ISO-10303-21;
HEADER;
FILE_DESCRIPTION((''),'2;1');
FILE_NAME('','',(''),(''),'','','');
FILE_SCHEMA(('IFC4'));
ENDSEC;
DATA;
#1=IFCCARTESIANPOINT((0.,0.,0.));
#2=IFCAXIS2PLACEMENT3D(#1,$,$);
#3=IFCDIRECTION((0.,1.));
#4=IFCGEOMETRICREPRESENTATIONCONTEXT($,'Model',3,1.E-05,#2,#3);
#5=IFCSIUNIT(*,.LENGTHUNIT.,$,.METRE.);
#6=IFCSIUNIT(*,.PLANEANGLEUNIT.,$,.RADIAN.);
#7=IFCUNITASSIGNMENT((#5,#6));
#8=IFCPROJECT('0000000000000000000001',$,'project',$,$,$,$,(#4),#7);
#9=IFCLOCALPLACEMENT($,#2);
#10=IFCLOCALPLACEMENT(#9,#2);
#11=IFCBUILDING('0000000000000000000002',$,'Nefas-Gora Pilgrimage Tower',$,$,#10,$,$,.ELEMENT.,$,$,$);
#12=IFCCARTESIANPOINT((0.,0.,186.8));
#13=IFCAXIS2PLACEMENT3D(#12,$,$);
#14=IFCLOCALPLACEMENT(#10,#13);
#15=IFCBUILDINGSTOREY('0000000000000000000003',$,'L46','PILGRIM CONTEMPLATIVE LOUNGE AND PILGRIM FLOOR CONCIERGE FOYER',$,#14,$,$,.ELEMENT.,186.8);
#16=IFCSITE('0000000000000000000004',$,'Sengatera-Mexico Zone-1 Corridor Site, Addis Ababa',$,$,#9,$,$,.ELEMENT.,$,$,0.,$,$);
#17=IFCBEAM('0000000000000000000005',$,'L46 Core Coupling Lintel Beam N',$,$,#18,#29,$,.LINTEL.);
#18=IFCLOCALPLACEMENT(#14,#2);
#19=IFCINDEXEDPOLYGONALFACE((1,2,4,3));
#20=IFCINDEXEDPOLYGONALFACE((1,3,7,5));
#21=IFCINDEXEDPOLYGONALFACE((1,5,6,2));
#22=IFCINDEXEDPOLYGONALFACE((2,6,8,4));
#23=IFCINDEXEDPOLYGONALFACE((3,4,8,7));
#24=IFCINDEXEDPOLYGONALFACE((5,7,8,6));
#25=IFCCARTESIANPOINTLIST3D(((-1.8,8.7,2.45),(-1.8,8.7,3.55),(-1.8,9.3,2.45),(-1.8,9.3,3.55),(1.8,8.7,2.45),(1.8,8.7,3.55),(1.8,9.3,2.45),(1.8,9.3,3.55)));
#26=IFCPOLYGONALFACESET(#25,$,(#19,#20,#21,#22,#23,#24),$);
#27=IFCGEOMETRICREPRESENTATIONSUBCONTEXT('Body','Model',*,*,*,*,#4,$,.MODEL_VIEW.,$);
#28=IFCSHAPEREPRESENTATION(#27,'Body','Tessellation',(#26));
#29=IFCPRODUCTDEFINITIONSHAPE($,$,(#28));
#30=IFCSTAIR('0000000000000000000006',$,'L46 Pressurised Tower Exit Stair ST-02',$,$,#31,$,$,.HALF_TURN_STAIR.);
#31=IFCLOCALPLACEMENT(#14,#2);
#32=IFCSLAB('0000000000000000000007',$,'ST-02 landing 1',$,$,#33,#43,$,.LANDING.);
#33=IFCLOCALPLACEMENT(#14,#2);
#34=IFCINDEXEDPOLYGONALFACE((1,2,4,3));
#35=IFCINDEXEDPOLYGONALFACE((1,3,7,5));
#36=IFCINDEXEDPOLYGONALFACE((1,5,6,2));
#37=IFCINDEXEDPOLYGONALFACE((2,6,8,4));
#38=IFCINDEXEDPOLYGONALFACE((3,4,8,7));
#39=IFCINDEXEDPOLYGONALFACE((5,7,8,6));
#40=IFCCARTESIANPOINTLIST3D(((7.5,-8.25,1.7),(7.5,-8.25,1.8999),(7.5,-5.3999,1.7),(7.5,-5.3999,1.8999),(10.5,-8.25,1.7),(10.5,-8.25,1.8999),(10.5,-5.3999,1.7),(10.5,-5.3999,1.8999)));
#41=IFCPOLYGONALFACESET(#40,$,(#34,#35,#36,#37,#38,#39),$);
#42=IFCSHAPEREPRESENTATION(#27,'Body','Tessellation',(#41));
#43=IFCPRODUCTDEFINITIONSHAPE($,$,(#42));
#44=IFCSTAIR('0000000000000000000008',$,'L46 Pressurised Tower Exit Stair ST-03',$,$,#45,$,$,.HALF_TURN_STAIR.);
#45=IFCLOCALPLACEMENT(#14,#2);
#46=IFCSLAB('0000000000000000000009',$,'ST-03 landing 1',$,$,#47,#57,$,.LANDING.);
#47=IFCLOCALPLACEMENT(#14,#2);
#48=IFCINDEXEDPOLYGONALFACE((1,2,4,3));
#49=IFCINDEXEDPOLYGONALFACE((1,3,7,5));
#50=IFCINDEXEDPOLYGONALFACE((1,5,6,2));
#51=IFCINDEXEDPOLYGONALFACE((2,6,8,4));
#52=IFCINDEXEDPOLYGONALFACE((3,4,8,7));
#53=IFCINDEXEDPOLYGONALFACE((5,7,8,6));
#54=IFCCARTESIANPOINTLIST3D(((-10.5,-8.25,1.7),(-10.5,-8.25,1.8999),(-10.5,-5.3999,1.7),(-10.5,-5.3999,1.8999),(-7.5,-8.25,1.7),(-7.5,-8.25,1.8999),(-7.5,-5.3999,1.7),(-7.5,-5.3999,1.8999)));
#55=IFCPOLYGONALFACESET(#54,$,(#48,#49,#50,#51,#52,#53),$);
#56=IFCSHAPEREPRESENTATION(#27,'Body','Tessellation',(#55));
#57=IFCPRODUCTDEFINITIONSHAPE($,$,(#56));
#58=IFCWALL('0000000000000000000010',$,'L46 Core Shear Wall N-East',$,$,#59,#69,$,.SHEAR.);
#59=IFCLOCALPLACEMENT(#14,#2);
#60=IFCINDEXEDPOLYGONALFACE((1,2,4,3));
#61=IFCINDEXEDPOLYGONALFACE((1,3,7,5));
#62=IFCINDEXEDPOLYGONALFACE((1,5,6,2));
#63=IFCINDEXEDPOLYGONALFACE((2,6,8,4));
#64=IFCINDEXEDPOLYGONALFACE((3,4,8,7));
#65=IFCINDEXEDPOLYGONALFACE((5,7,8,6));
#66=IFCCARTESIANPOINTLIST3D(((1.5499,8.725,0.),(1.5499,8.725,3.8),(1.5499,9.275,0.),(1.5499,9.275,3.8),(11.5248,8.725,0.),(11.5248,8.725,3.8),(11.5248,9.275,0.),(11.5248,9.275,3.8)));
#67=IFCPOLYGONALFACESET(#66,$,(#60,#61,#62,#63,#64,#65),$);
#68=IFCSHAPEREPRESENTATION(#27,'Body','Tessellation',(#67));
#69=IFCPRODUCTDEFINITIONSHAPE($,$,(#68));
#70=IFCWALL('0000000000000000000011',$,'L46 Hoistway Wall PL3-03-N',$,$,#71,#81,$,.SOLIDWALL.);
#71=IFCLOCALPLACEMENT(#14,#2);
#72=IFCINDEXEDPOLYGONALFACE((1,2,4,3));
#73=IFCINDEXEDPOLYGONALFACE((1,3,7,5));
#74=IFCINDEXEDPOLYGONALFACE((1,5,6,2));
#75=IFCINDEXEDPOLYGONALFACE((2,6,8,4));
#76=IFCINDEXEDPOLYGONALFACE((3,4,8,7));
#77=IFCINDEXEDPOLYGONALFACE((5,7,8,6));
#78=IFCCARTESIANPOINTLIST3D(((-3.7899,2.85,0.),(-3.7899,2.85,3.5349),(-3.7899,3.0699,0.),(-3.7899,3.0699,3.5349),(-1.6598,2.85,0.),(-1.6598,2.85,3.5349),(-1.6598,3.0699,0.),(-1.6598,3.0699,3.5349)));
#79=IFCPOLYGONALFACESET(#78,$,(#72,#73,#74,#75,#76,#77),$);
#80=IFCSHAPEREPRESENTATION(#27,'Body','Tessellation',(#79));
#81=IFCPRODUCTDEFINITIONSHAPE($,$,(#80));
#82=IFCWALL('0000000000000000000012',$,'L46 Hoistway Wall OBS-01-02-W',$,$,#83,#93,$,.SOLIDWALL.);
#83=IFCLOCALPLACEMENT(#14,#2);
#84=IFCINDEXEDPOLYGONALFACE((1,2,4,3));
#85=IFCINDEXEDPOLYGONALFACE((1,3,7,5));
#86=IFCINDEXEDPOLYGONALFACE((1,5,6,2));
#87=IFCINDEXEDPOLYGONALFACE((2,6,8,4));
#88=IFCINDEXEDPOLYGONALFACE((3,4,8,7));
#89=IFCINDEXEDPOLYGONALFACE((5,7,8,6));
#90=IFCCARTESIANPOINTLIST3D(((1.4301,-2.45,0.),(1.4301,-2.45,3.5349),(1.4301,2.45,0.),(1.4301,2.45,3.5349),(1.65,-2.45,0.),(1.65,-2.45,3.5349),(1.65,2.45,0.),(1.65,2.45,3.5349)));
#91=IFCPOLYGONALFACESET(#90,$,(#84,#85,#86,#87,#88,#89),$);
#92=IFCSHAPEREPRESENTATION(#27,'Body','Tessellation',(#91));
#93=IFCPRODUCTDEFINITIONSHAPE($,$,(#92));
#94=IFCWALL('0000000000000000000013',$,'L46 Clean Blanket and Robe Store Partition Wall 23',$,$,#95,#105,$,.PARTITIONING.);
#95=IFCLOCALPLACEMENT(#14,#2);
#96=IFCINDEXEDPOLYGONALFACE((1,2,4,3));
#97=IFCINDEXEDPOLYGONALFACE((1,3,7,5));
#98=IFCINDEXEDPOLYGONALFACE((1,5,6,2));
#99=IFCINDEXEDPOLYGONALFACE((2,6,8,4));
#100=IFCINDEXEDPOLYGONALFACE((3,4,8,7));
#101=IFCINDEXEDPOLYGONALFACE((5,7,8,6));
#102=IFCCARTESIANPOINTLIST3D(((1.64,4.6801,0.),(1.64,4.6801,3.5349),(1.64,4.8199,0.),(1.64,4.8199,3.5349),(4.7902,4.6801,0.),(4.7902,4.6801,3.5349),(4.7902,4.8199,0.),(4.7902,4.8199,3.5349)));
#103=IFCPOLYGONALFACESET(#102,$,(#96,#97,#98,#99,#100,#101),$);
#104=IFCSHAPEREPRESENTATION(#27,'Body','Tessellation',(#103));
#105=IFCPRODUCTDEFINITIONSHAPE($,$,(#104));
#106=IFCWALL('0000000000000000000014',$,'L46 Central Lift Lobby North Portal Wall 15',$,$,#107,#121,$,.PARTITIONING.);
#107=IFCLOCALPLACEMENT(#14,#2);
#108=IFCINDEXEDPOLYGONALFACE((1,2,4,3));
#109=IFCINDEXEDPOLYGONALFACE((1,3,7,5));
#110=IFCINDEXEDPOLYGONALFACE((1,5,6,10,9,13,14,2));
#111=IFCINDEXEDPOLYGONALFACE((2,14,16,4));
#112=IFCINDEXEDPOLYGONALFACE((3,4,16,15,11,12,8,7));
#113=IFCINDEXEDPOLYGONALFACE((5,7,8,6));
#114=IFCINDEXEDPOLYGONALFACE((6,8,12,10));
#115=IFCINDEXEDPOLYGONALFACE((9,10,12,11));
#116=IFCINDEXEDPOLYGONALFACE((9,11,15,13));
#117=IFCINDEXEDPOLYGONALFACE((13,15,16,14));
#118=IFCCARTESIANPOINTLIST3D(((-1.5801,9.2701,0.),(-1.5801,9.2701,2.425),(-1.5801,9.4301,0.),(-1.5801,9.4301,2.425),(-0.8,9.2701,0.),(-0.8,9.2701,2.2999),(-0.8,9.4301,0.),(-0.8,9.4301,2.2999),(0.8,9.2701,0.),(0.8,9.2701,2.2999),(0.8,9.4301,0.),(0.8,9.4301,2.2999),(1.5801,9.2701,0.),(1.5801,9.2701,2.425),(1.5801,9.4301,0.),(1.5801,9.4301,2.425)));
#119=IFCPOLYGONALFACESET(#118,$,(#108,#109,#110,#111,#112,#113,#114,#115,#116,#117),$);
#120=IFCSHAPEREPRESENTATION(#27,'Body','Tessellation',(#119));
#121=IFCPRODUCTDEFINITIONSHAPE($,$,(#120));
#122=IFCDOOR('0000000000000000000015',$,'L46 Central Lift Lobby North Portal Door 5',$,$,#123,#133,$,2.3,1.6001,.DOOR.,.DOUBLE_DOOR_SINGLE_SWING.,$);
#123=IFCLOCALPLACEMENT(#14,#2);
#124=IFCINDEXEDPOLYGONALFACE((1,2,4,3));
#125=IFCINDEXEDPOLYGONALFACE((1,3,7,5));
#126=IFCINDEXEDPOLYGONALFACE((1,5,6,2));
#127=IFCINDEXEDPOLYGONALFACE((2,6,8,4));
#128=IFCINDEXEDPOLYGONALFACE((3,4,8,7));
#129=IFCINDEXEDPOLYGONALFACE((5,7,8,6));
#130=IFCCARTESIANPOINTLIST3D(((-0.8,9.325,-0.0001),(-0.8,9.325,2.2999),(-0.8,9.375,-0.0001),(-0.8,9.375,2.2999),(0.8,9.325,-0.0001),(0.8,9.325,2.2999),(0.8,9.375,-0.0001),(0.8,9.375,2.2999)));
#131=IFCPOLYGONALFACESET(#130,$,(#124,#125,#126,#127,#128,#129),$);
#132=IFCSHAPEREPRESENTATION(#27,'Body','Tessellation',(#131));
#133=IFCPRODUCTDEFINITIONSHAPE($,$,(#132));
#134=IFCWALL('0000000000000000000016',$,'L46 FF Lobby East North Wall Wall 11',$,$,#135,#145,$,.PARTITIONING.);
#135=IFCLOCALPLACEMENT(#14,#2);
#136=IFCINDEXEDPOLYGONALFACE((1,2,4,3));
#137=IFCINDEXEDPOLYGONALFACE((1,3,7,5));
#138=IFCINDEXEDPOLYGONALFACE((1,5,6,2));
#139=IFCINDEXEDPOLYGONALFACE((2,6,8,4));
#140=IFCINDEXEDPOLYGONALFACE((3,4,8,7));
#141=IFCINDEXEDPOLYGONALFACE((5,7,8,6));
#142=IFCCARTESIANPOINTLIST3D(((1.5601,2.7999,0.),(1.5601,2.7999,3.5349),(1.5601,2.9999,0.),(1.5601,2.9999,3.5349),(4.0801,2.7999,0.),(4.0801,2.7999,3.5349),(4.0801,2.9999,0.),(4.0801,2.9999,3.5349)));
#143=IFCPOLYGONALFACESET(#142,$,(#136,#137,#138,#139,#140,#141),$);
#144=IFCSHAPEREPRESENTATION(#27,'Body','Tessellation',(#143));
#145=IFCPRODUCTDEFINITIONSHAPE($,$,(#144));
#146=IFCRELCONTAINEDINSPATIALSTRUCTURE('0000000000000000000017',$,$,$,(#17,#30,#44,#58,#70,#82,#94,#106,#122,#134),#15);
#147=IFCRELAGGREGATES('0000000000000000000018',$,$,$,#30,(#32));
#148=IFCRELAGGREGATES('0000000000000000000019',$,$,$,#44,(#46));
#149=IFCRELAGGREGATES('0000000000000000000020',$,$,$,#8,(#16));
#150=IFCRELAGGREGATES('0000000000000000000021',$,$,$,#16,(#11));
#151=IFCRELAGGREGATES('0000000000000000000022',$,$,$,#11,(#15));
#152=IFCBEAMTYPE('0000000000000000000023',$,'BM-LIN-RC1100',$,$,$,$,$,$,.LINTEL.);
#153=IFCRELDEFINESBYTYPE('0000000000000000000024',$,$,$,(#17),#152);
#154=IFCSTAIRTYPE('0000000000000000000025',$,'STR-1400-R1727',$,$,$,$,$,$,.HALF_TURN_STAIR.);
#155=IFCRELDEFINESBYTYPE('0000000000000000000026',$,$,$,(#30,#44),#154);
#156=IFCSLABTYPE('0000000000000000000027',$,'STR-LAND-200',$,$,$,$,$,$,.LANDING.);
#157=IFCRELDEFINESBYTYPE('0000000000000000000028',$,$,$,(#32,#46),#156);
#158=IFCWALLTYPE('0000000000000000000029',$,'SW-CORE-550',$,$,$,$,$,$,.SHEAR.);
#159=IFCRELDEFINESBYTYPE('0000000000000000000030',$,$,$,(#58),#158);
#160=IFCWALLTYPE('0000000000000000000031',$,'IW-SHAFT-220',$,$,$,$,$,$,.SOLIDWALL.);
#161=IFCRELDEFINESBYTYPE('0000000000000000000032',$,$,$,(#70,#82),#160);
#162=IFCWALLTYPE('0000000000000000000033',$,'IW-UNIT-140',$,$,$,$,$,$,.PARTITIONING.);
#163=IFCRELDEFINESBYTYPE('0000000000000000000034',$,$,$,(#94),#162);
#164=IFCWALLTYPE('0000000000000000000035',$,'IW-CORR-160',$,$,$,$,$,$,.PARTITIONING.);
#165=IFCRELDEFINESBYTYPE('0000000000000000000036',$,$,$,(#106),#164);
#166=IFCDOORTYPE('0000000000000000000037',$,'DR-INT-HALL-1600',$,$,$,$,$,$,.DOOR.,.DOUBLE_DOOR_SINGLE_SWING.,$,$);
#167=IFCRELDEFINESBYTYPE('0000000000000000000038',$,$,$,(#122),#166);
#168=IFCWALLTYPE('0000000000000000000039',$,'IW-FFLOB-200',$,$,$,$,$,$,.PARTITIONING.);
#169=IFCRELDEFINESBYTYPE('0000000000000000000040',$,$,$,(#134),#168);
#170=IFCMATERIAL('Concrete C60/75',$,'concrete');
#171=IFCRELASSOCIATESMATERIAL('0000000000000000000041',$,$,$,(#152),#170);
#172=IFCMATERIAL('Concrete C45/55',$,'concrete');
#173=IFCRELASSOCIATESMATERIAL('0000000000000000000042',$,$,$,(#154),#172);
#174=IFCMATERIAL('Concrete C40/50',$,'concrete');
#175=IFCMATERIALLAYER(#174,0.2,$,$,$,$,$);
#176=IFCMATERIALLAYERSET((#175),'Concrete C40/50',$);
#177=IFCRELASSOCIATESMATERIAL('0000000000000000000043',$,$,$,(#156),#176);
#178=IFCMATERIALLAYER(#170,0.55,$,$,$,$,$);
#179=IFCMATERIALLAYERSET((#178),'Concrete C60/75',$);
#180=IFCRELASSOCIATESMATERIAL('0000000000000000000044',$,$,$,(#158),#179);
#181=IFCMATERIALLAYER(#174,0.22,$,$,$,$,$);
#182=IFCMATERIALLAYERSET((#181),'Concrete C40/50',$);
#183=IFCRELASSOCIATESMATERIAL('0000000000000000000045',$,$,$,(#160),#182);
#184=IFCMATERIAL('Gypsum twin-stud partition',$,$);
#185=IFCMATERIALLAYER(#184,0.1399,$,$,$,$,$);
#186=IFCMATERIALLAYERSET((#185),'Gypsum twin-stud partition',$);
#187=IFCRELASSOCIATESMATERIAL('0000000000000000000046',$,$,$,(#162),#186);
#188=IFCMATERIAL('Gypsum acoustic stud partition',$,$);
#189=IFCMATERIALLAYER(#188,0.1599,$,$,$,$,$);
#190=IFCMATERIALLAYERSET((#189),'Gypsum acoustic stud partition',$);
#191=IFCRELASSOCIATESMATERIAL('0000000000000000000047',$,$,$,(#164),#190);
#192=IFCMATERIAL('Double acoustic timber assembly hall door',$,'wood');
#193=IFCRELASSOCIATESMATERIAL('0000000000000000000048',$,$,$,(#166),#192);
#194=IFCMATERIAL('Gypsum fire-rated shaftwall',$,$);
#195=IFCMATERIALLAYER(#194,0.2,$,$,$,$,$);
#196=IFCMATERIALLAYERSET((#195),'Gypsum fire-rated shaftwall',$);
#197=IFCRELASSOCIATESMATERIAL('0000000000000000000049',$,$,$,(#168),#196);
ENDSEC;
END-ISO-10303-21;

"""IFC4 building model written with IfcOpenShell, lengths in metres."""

from ifc_helpers import new_model, si_unit, direction, frame, frame_2d, origin, origin_2d, place, context, subcontext, project, spatial, polyline, rectangle, outline, extrude, source, transform, mapped, material, layer, layer_set, material_profile, profile_set, type_object, element, fill, aggregate, save


model = new_model("IFC4")

# Units and contexts
model_context = context("Model", 3, precision=1e-05, world=origin(), true_north=direction((0.0, 1.0)))
body_context = subcontext(model_context, "Body", "Model", "MODEL_VIEW")
ifc_project = project(units=[si_unit("LENGTHUNIT", "METRE"), si_unit("PLANEANGLEUNIT", "RADIAN")], contexts=[model_context])

# Site, building, storey
site_placement = place(None, origin())
site = spatial("IfcSite", under=ifc_project, at=site_placement, Name="Sengatera-Mexico Zone-1 Corridor Site, Addis Ababa", CompositionType="ELEMENT", RefElevation=0.0)
building_placement = place(site_placement, origin())
building = spatial("IfcBuilding", under=site, at=building_placement, Name="Nefas-Gora Pilgrimage Tower", CompositionType="ELEMENT")
storey_placement = place(building_placement, frame((0.0, 0.0, 186.8)))
storey = spatial("IfcBuildingStorey", under=building, at=storey_placement, Name="L46", Description="PILGRIM CONTEMPLATIVE LOUNGE AND PILGRIM FLOOR CONCIERGE FOYER", CompositionType="ELEMENT", Elevation=186.8)

# Beam
ifc_material_1 = material(Name="Concrete C60/75", Category="concrete")
ifc_material_profile = material_profile(ifc_material_1, rectangle(XDim=0.6001, YDim=1.1001, at=origin_2d()), Name="RC 600x1100")
ifc_profile_set = profile_set([ifc_material_profile], Name="Concrete C60/75")
beam_type = type_object("IfcBeamType", Name="BM-LIN-RC1100", PredefinedType="LINTEL", material=ifc_profile_set)
shared_shape_1 = source(origin(), body_context, "Body", "SweptSolid", [
    extrude(rectangle(XDim=0.6001, YDim=1.1001, at=origin_2d()), origin(), (0.0, 0.0, 1.0), 3.6001),
])
beam_placement = place(storey_placement, frame((-1.8, 9.0, 3.0), z_axis=(1.0, 0.0, 0.0), x_axis=(0.0, 1.0, 0.0)))
element("IfcBeam", 1, at=beam_placement, inside=storey, type_object=beam_type, Name="L46 Core Coupling Lintel Beam N", PredefinedType="LINTEL", context=body_context, shape_type="MappedRepresentation", body=[
    mapped(shared_shape_1, transform((0.0, 0.0, 0.0), x_axis=(1.0, 0.0, 0.0), y_axis=(0.0, 1.0, 0.0), z_axis=(0.0, 0.0, 1.0), scale=1.0)),
])

# Stairs, slabs
ifc_material_2 = material(Name="Concrete C45/55", Category="concrete")
stair_type = type_object("IfcStairType", Name="STR-1400-R1727", PredefinedType="HALF_TURN_STAIR", material=ifc_material_2)
stair_1_placement = place(storey_placement, origin())
stair_1 = element("IfcStair", 2, at=stair_1_placement, inside=storey, type_object=stair_type, Name="L46 Pressurised Tower Exit Stair ST-02", PredefinedType="HALF_TURN_STAIR")
ifc_material_3 = material(Name="Concrete C40/50", Category="concrete")
ifc_layer_1 = layer(ifc_material_3, 0.2)
ifc_layer_set_1 = layer_set([ifc_layer_1], Name="Concrete C40/50")
slab_type = type_object("IfcSlabType", Name="STR-LAND-200", PredefinedType="LANDING", material=ifc_layer_set_1)
slab_1_placement = place(storey_placement, frame((0.0, 0.0, 1.7)))
slab_1 = element("IfcSlab", 3, at=slab_1_placement, type_object=slab_type, Name="ST-02 landing 1", PredefinedType="LANDING", context=body_context, shape_type="SweptSolid", body=[
    extrude(outline(polyline([(7.5, -5.3999), (7.5, -8.25), (10.5, -8.25), (10.5, -5.3999), (7.5, -5.3999)])), origin(), (0.0, 0.0, 1.0), 0.2),
])
aggregate(stair_1, [slab_1])
stair_2_placement = place(storey_placement, origin())
stair_2 = element("IfcStair", 4, at=stair_2_placement, inside=storey, type_object=stair_type, Name="L46 Pressurised Tower Exit Stair ST-03", PredefinedType="HALF_TURN_STAIR")
slab_2_placement = place(storey_placement, frame((0.0, 0.0, 1.7)))
slab_2 = element("IfcSlab", 5, at=slab_2_placement, type_object=slab_type, Name="ST-03 landing 1", PredefinedType="LANDING", context=body_context, shape_type="SweptSolid", body=[
    extrude(outline(polyline([(-10.5, -5.3999), (-10.5, -8.25), (-7.5, -8.25), (-7.5, -5.3999), (-10.5, -5.3999)])), origin(), (0.0, 0.0, 1.0), 0.2),
])
aggregate(stair_2, [slab_2])

# Walls
ifc_layer_2 = layer(ifc_material_1, 0.55)
ifc_layer_set_2 = layer_set([ifc_layer_2], Name="Concrete C60/75")
wall_type_1 = type_object("IfcWallType", Name="SW-CORE-550", PredefinedType="SHEAR", material=ifc_layer_set_2)
shared_shape_2 = source(origin(), body_context, "Body", "SweptSolid", [
    extrude(rectangle(XDim=9.9749, YDim=0.55, at=frame_2d((4.9873, 0.0))), origin(), (0.0, 0.0, 1.0), 3.8),
])
wall_1_placement = place(storey_placement, frame((1.55, 9.0, 0.0), z_axis=(0.0, 0.0, 1.0), x_axis=(1.0, 0.0, 0.0)))
element("IfcWall", 6, at=wall_1_placement, inside=storey, type_object=wall_type_1, Name="L46 Core Shear Wall N-East", PredefinedType="SHEAR", context=body_context, shape_type="MappedRepresentation", body=[
    mapped(shared_shape_2, transform((0.0, 0.0, 0.0), x_axis=(1.0, 0.0, 0.0), y_axis=(0.0, 1.0, 0.0), z_axis=(0.0, 0.0, 1.0), scale=1.0)),
])
ifc_layer_3 = layer(ifc_material_3, 0.22)
ifc_layer_set_3 = layer_set([ifc_layer_3], Name="Concrete C40/50")
wall_type_2 = type_object("IfcWallType", Name="IW-SHAFT-220", PredefinedType="SOLIDWALL", material=ifc_layer_set_3)
shared_shape_3 = source(origin(), body_context, "Body", "SweptSolid", [
    extrude(rectangle(XDim=2.1301, YDim=0.22, at=frame_2d((1.0649, 0.0))), origin(), (0.0, 0.0, 1.0), 3.5349),
])
wall_2_placement = place(storey_placement, frame((-1.6599, 2.96, 0.0), z_axis=(0.0, 0.0, 1.0), x_axis=(-1.0, 0.0, 0.0)))
element("IfcWall", 7, at=wall_2_placement, inside=storey, type_object=wall_type_2, Name="L46 Hoistway Wall PL3-03-N", PredefinedType="SOLIDWALL", context=body_context, shape_type="MappedRepresentation", body=[
    mapped(shared_shape_3, transform((0.0, 0.0, 0.0), x_axis=(1.0, 0.0, 0.0), y_axis=(0.0, 1.0, 0.0), z_axis=(0.0, 0.0, 1.0), scale=1.0)),
])
shared_shape_4 = source(origin(), body_context, "Body", "SweptSolid", [
    extrude(rectangle(XDim=4.8999, YDim=0.22, at=frame_2d((2.45, 0.0))), origin(), (0.0, 0.0, 1.0), 3.5349),
])
wall_3_placement = place(storey_placement, frame((1.54, 2.45, 0.0), z_axis=(0.0, 0.0, 1.0), x_axis=(0.0, -1.0, 0.0)))
element("IfcWall", 8, at=wall_3_placement, inside=storey, type_object=wall_type_2, Name="L46 Hoistway Wall OBS-01-02-W", PredefinedType="SOLIDWALL", context=body_context, shape_type="MappedRepresentation", body=[
    mapped(shared_shape_4, transform((0.0, 0.0, 0.0), x_axis=(1.0, 0.0, 0.0), y_axis=(0.0, 1.0, 0.0), z_axis=(0.0, 0.0, 1.0), scale=1.0)),
])
ifc_material_4 = material(Name="Gypsum twin-stud partition")
ifc_layer_4 = layer(ifc_material_4, 0.1399)
ifc_layer_set_4 = layer_set([ifc_layer_4], Name="Gypsum twin-stud partition")
wall_type_3 = type_object("IfcWallType", Name="IW-UNIT-140", PredefinedType="PARTITIONING", material=ifc_layer_set_4)
shared_shape_5 = source(origin(), body_context, "Body", "SweptSolid", [
    extrude(rectangle(XDim=3.1501, YDim=0.1399, at=frame_2d((1.5752, 0.0))), origin(), (0.0, 0.0, 1.0), 3.5349),
])
wall_4_placement = place(storey_placement, frame((1.6399, 4.75, 0.0), z_axis=(0.0, 0.0, 1.0), x_axis=(1.0, 0.0, 0.0)))
element("IfcWall", 9, at=wall_4_placement, inside=storey, type_object=wall_type_3, Name="L46 Clean Blanket and Robe Store Partition Wall 23", PredefinedType="PARTITIONING", context=body_context, shape_type="MappedRepresentation", body=[
    mapped(shared_shape_5, transform((0.0, 0.0, 0.0), x_axis=(1.0, 0.0, 0.0), y_axis=(0.0, 1.0, 0.0), z_axis=(0.0, 0.0, 1.0), scale=1.0)),
])

# Wall, opening, door
ifc_material_5 = material(Name="Gypsum acoustic stud partition")
ifc_layer_5 = layer(ifc_material_5, 0.1599)
ifc_layer_set_5 = layer_set([ifc_layer_5], Name="Gypsum acoustic stud partition")
wall_type_4 = type_object("IfcWallType", Name="IW-CORR-160", PredefinedType="PARTITIONING", material=ifc_layer_set_5)
shared_shape_6 = source(origin(), body_context, "Body", "SweptSolid", [
    extrude(rectangle(XDim=3.1602, YDim=0.1599, at=frame_2d((1.5801, 0.0))), origin(), (0.0, 0.0, 1.0), 2.425),
])
wall_5_placement = place(storey_placement, frame((-1.5801, 9.3501, 0.0), z_axis=(0.0, 0.0, 1.0), x_axis=(1.0, 0.0, 0.0)))
wall_5 = element("IfcWall", 10, at=wall_5_placement, inside=storey, type_object=wall_type_4, Name="L46 Central Lift Lobby North Portal Wall 15", PredefinedType="PARTITIONING", context=body_context, shape_type="MappedRepresentation", body=[
    mapped(shared_shape_6, transform((0.0, 0.0, 0.0), x_axis=(1.0, 0.0, 0.0), y_axis=(0.0, 1.0, 0.0), z_axis=(0.0, 0.0, 1.0), scale=1.0)),
])
opening_1_placement = place(wall_5_placement, frame((0.78, 0.0, 0.0)))
opening_1 = element("IfcOpeningElement", 11, at=opening_1_placement, cuts=wall_5, PredefinedType="OPENING", context=body_context, shape_type="SweptSolid", body=[
    extrude(rectangle(XDim=1.6001, YDim=2.3, at=frame_2d((0.8, 1.1499))), frame((0.0, 0.0898, 0.0), z_axis=(0.0, -1.0, 0.0), x_axis=(1.0, 0.0, 0.0)), (0.0, 0.0, 1.0), 0.1799),
])
ifc_material_6 = material(Name="Double acoustic timber assembly hall door", Category="wood")
door_type_1 = type_object("IfcDoorType", Name="DR-INT-HALL-1600", OperationType="DOUBLE_DOOR_SINGLE_SWING", PredefinedType="DOOR", material=ifc_material_6)
shared_shape_7 = source(origin(), body_context, "Body", "SweptSolid", [
    extrude(rectangle(XDim=1.6001, YDim=2.3, at=frame_2d((0.8, 1.1499))), frame((0.0, 0.0249, 0.0), z_axis=(0.0, -1.0, 0.0), x_axis=(1.0, 0.0, 0.0)), (0.0, 0.0, 1.0), 0.05),
])
door_1_placement = place(opening_1_placement, origin())
door_1 = element("IfcDoor", 12, at=door_1_placement, inside=storey, type_object=door_type_1, Name="L46 Central Lift Lobby North Portal Door 5", OperationType="DOUBLE_DOOR_SINGLE_SWING", OverallHeight=2.3, OverallWidth=1.6001, PredefinedType="DOOR", context=body_context, shape_type="MappedRepresentation", body=[
    mapped(shared_shape_7, transform((0.0, 0.0, 0.0), x_axis=(1.0, 0.0, 0.0), y_axis=(0.0, 1.0, 0.0), z_axis=(0.0, 0.0, 1.0), scale=1.0)),
])
fill(opening_1, door_1)

# Wall
ifc_material_7 = material(Name="Gypsum fire-rated shaftwall")
ifc_layer_6 = layer(ifc_material_7, 0.2)
ifc_layer_set_6 = layer_set([ifc_layer_6], Name="Gypsum fire-rated shaftwall")
wall_type_5 = type_object("IfcWallType", Name="IW-FFLOB-200", PredefinedType="PARTITIONING", material=ifc_layer_set_6)
shared_shape_8 = source(origin(), body_context, "Body", "SweptSolid", [
    extrude(rectangle(XDim=2.52, YDim=0.2, at=frame_2d((1.26, 0.0))), origin(), (0.0, 0.0, 1.0), 3.5349),
])
wall_6_placement = place(storey_placement, frame((1.5601, 2.8999, 0.0), z_axis=(0.0, 0.0, 1.0), x_axis=(1.0, 0.0, 0.0)))
element("IfcWall", 13, at=wall_6_placement, inside=storey, type_object=wall_type_5, Name="L46 FF Lobby East North Wall Wall 11", PredefinedType="PARTITIONING", context=body_context, shape_type="MappedRepresentation", body=[
    mapped(shared_shape_8, transform((0.0, 0.0, 0.0), x_axis=(1.0, 0.0, 0.0), y_axis=(0.0, 1.0, 0.0), z_axis=(0.0, 0.0, 1.0), scale=1.0)),
])

save(model, "model.ifc")
